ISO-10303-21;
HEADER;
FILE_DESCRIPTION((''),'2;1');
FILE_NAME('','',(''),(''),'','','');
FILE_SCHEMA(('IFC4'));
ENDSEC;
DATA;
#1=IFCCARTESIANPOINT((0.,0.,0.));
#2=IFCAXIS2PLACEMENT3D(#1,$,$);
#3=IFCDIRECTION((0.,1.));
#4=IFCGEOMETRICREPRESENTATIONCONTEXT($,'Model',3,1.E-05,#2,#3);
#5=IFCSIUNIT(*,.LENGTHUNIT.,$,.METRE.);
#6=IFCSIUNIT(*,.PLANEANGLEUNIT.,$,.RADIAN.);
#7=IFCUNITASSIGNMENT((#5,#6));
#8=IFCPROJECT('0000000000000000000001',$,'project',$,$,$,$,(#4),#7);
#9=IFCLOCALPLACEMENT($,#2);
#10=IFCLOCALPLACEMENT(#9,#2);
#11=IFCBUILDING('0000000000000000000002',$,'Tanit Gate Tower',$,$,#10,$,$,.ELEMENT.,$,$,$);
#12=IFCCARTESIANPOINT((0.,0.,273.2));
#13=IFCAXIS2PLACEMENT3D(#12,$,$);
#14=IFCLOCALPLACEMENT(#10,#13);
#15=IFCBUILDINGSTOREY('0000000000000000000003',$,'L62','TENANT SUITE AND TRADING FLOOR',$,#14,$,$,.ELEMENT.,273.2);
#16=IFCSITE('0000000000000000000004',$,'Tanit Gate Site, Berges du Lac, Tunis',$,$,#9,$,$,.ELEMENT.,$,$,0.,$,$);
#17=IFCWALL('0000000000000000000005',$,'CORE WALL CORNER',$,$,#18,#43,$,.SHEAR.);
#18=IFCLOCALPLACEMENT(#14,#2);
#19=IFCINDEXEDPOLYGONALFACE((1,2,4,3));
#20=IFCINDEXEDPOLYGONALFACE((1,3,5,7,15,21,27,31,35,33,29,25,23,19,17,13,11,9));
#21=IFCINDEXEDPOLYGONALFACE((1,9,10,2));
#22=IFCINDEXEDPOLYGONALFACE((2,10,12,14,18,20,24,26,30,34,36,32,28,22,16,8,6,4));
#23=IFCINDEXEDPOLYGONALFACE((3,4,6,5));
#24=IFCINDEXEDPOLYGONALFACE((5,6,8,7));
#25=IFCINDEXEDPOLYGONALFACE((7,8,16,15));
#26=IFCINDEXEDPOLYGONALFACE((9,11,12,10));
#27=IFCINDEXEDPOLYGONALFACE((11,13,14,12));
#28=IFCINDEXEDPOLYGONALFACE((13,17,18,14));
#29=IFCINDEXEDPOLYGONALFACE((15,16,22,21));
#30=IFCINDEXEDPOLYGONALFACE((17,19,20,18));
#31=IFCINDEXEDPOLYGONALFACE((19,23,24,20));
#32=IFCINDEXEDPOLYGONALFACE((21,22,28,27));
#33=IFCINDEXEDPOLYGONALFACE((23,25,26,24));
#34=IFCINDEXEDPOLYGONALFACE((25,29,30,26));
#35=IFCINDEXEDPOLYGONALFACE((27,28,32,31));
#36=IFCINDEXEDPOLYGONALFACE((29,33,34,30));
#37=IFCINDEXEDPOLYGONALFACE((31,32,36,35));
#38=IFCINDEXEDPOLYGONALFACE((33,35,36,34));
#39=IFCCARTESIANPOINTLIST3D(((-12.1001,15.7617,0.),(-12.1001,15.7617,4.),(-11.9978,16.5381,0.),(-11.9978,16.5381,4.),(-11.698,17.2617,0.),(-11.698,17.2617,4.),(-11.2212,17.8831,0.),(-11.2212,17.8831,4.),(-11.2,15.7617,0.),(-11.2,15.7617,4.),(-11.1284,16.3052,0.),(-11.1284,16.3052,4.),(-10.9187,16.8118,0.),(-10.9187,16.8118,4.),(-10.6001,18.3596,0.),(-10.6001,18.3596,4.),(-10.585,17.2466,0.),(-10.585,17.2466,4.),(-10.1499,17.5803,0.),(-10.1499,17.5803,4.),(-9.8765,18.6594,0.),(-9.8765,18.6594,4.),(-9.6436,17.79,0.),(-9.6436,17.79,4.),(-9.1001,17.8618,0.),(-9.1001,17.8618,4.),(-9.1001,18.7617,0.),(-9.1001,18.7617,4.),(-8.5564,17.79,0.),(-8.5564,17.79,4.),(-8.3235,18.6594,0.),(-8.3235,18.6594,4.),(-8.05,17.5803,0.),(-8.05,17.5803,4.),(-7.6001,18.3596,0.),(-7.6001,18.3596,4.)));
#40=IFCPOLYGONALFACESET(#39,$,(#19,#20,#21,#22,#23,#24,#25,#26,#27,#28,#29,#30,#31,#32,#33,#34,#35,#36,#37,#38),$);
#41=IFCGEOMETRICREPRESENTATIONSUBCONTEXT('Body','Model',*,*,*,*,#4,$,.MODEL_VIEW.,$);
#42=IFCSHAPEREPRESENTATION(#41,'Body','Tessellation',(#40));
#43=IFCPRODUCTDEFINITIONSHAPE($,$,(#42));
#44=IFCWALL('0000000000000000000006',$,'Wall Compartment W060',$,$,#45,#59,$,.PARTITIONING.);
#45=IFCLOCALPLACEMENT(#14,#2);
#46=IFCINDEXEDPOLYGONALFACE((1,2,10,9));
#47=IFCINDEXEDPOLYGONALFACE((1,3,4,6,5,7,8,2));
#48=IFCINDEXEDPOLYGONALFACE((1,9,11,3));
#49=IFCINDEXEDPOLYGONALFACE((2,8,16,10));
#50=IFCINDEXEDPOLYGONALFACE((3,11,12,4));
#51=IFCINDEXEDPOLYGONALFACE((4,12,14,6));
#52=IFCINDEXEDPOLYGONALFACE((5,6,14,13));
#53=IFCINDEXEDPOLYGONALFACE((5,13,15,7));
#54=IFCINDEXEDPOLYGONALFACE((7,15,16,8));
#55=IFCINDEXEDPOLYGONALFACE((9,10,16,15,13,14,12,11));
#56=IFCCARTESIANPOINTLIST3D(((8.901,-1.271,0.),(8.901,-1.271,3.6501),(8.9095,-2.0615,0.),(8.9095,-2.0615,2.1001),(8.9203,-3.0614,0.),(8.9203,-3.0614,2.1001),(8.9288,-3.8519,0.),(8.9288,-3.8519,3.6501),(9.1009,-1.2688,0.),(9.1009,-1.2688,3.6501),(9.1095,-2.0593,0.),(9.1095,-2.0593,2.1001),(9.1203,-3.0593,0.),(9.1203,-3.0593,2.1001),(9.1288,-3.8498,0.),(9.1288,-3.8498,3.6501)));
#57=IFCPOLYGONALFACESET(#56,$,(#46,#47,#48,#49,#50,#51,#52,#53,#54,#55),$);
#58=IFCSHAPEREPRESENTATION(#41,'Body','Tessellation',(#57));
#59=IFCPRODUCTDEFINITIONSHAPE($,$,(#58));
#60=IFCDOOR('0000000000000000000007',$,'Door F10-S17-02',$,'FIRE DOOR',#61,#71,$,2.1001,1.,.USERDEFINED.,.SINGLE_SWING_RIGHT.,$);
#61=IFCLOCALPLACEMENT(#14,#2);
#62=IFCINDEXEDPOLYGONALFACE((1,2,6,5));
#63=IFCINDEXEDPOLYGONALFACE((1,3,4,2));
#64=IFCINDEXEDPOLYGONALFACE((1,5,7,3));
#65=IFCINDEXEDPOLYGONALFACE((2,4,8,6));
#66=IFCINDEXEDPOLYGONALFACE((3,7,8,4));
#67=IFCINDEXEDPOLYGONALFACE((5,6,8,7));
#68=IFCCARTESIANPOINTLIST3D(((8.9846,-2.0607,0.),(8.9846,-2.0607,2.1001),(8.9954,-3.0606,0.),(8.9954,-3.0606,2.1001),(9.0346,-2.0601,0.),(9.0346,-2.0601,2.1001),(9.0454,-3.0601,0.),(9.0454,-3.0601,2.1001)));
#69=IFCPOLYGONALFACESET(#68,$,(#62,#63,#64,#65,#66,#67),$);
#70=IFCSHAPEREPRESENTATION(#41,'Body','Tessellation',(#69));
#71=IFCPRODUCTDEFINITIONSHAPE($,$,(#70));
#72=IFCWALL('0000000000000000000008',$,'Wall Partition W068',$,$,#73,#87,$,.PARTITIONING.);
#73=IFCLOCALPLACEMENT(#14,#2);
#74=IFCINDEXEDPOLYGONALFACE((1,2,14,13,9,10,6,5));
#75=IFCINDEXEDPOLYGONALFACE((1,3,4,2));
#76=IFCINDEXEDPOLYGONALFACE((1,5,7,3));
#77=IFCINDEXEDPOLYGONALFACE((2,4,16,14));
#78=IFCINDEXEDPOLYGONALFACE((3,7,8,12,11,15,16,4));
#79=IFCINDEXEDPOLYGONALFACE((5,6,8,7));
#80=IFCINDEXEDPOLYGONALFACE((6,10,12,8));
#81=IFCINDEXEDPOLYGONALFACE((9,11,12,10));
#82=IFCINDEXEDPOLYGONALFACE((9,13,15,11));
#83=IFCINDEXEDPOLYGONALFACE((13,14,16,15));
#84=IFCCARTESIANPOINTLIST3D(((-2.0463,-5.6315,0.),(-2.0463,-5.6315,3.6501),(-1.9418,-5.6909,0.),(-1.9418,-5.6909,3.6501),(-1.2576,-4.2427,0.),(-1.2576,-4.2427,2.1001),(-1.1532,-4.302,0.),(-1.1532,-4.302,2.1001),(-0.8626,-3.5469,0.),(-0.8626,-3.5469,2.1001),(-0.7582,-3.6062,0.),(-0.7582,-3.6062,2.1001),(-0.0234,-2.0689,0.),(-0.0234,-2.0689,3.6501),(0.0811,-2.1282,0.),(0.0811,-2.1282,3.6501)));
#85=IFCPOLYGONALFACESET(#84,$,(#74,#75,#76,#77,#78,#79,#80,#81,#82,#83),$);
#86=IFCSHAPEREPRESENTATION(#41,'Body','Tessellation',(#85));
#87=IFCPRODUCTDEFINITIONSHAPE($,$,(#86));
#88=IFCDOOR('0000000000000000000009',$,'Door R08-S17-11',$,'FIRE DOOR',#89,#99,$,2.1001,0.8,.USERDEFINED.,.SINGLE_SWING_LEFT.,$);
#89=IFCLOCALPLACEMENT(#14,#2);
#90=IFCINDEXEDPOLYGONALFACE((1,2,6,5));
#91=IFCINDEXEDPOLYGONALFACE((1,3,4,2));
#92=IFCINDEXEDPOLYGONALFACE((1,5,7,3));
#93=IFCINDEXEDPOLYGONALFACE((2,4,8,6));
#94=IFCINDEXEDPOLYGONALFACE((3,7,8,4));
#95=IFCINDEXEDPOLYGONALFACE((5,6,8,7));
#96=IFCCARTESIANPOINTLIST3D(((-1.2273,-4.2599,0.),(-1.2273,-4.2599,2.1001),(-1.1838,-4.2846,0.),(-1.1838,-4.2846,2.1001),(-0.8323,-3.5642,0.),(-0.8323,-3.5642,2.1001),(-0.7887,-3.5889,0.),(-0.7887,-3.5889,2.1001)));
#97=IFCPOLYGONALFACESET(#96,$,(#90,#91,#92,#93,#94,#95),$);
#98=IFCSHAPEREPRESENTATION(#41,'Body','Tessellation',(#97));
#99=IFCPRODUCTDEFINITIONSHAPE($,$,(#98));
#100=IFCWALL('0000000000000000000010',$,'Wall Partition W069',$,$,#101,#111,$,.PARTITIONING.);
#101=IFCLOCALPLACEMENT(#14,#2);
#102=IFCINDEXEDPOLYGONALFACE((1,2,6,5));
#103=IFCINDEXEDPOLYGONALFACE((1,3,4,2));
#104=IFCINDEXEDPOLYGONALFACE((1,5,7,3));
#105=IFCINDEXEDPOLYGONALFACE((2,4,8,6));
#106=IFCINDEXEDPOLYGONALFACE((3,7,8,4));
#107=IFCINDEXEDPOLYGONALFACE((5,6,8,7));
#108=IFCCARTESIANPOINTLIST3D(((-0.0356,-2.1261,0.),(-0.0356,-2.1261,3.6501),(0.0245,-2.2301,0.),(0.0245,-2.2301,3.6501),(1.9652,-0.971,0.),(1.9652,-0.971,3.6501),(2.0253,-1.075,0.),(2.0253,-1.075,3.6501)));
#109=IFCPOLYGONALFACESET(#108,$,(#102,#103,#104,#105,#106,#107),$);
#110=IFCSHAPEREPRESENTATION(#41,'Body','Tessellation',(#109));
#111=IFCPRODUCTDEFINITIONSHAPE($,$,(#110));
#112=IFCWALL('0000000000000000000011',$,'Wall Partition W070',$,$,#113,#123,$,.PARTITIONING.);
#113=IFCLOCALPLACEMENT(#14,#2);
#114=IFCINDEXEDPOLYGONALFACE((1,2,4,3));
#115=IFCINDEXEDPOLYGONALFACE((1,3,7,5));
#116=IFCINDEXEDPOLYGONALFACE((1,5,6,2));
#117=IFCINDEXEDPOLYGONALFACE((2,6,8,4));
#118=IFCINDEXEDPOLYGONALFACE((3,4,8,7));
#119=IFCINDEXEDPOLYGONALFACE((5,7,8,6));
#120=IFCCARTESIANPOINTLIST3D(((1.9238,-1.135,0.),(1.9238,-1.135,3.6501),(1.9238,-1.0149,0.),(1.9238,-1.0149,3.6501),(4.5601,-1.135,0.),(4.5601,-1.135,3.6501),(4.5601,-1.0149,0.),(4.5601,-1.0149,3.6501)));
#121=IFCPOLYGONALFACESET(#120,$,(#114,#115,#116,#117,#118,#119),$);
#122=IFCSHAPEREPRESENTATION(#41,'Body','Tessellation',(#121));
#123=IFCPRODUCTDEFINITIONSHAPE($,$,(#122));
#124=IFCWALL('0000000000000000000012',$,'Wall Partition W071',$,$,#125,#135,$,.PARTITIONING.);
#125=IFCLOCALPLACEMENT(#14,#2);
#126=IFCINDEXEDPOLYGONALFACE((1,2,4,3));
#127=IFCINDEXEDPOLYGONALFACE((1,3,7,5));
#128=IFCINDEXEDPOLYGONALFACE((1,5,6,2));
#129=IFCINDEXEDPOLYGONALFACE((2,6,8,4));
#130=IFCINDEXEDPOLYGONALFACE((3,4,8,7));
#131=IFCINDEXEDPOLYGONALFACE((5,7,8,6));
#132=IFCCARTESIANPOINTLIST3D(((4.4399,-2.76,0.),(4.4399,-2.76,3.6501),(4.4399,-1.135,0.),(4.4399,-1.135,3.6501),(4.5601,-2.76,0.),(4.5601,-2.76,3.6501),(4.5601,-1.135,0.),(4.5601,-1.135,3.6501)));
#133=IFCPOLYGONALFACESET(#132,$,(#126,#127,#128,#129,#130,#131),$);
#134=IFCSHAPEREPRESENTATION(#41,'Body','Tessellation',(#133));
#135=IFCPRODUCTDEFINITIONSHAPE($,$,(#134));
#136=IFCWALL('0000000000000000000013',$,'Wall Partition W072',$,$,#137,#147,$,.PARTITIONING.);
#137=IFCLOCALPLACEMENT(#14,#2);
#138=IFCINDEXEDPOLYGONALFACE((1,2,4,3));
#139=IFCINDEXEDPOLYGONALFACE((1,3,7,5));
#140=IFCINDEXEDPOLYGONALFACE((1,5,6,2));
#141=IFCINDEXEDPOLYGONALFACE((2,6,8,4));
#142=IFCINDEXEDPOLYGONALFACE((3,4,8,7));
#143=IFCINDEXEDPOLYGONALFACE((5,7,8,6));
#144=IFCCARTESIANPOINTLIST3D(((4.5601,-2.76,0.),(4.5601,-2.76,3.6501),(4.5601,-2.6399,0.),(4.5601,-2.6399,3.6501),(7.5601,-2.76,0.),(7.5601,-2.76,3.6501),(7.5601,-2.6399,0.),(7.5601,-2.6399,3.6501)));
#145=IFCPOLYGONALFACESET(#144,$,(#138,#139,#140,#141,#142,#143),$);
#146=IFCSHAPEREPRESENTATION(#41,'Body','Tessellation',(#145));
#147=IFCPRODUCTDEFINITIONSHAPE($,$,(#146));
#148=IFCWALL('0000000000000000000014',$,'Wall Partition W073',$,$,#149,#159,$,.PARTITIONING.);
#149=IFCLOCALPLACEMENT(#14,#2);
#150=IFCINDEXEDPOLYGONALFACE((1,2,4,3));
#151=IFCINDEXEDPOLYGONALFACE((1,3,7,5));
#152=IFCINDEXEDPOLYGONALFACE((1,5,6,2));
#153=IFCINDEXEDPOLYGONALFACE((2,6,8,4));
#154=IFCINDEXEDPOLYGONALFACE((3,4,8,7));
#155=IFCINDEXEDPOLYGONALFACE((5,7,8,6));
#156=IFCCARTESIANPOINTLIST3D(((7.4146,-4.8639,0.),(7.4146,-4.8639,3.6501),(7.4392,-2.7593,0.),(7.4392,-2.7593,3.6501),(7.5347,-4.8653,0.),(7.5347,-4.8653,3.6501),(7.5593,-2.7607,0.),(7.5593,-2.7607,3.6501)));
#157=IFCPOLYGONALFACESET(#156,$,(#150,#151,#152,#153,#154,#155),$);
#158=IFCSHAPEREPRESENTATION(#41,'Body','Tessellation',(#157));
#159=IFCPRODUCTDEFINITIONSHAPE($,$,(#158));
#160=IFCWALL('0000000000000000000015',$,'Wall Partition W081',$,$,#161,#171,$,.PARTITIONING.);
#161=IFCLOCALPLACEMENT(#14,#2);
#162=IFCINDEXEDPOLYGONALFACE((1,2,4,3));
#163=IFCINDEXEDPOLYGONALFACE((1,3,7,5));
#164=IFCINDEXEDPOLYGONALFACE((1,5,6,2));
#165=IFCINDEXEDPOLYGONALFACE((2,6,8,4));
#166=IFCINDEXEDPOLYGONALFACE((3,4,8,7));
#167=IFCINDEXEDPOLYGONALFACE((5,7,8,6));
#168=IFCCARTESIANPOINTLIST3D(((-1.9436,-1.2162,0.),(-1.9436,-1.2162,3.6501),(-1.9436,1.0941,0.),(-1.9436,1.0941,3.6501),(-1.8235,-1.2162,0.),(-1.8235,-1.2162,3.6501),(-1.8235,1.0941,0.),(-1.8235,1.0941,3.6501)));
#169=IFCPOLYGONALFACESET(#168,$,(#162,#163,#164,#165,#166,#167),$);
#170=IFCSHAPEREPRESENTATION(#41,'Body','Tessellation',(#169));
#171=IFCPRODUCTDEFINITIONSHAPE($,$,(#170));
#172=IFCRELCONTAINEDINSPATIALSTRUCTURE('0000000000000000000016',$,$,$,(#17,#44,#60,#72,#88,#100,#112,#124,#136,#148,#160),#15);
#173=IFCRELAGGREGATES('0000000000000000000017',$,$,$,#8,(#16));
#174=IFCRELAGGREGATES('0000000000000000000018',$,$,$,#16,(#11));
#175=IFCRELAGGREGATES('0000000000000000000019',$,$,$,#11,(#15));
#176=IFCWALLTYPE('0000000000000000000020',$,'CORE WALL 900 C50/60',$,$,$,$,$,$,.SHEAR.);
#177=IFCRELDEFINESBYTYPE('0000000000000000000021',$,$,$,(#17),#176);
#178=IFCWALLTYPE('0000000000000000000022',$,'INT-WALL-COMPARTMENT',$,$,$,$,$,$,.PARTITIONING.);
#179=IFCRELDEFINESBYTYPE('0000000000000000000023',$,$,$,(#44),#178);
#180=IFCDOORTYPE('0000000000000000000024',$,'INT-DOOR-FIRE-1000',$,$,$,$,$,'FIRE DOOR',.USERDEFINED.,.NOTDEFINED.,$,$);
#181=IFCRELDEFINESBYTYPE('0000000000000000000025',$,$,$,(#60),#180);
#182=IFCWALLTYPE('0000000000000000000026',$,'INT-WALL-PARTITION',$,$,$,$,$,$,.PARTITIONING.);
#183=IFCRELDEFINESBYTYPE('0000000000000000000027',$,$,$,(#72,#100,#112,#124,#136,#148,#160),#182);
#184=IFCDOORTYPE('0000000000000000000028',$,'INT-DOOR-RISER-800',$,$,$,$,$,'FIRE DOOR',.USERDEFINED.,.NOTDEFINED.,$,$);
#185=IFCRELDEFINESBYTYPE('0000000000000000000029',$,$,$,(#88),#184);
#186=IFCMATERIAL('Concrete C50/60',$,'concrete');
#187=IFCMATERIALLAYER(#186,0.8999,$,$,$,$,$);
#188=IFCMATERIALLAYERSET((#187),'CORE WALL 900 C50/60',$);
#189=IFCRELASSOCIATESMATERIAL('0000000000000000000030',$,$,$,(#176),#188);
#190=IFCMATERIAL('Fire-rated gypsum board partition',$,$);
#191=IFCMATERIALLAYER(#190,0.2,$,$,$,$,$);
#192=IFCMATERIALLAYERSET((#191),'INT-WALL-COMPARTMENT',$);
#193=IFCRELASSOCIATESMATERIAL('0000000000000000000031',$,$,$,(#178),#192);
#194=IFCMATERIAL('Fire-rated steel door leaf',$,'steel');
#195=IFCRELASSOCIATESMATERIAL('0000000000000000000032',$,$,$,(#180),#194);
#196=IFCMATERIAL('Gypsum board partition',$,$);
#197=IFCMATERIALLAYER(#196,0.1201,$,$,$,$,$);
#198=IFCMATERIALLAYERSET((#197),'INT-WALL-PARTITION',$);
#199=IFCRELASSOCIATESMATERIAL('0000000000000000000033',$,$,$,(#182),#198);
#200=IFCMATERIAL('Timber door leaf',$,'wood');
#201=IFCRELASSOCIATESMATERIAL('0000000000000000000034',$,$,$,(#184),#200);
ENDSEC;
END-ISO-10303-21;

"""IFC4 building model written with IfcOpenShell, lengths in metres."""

from ifc_helpers import new_model, si_unit, direction, frame, frame_2d, origin, place, context, subcontext, project, spatial, polyline, rectangle, outline, extrude, material, layer, layer_set, type_object, element, fill, save


model = new_model("IFC4")

# Units and contexts
model_context = context("Model", 3, precision=1e-05, world=origin(), true_north=direction((0.0, 1.0)))
body_context = subcontext(model_context, "Body", "Model", "MODEL_VIEW")
ifc_project = project(units=[si_unit("LENGTHUNIT", "METRE"), si_unit("PLANEANGLEUNIT", "RADIAN")], contexts=[model_context])

# Site, building, storey
site_placement = place(None, origin())
site = spatial("IfcSite", under=ifc_project, at=site_placement, Name="Tanit Gate Site, Berges du Lac, Tunis", CompositionType="ELEMENT", RefElevation=0.0)
building_placement = place(site_placement, origin())
building = spatial("IfcBuilding", under=site, at=building_placement, Name="Tanit Gate Tower", CompositionType="ELEMENT")
storey_placement = place(building_placement, frame((0.0, 0.0, 273.2)))
storey = spatial("IfcBuildingStorey", under=building, at=storey_placement, Name="L62", Description="TENANT SUITE AND TRADING FLOOR", CompositionType="ELEMENT", Elevation=273.2)

# Wall
ifc_material_1 = material(Name="Concrete C50/60", Category="concrete")
ifc_layer_1 = layer(ifc_material_1, 0.8999)
ifc_layer_set_1 = layer_set([ifc_layer_1], Name="CORE WALL 900 C50/60")
wall_type_1 = type_object("IfcWallType", Name="CORE WALL 900 C50/60", PredefinedType="SHEAR", material=ifc_layer_set_1)
wall_1_placement = place(storey_placement, origin())
element("IfcWall", 1, at=wall_1_placement, inside=storey, type_object=wall_type_1, Name="CORE WALL CORNER", PredefinedType="SHEAR", context=body_context, shape_type="SweptSolid", body=[
    extrude(outline(polyline([(-7.6001, 18.3596), (-8.3235, 18.6594), (-9.1001, 18.7617), (-9.8765, 18.6594), (-10.6001, 18.3596), (-11.2212, 17.8831), (-11.698, 17.2617), (-11.9978, 16.5381), (-12.1001, 15.7617), (-11.2, 15.7617), (-11.1284, 16.3052), (-10.9187, 16.8118), (-10.585, 17.2466), (-10.1499, 17.5803), (-9.6436, 17.79), (-9.1001, 17.8618), (-8.5564, 17.79), (-8.05, 17.5803), (-7.6001, 18.3596)])), origin(), (0.0, 0.0, 1.0), 4.0),
])

# Walls, openings, doors
ifc_material_2 = material(Name="Fire-rated gypsum board partition")
ifc_layer_2 = layer(ifc_material_2, 0.2)
ifc_layer_set_2 = layer_set([ifc_layer_2], Name="INT-WALL-COMPARTMENT")
wall_type_2 = type_object("IfcWallType", Name="INT-WALL-COMPARTMENT", PredefinedType="PARTITIONING", material=ifc_layer_set_2)
wall_2_placement = place(storey_placement, frame((9.0288, -3.8508, 0.0), z_axis=(0.0, 0.0, 1.0), x_axis=(-0.010784, 0.999942, 0.0)))
wall_2 = element("IfcWall", 2, at=wall_2_placement, inside=storey, type_object=wall_type_2, Name="Wall Compartment W060", PredefinedType="PARTITIONING", context=body_context, shape_type="SweptSolid", body=[
    extrude(rectangle(XDim=2.5811, YDim=0.2, at=frame_2d((1.2905, 0.0))), origin(), (0.0, 0.0, 1.0), 3.6501),
])
opening_1_placement = place(wall_2_placement, frame((0.7905, 0.0, 0.0)))
opening_1 = element("IfcOpeningElement", 3, at=opening_1_placement, cuts=wall_2, PredefinedType="OPENING", context=body_context, shape_type="SweptSolid", body=[
    extrude(rectangle(XDim=1.0, YDim=2.1001, at=frame_2d((0.5, 1.05))), frame((0.0, 0.1099, 0.0), z_axis=(0.0, -1.0, 0.0), x_axis=(1.0, 0.0, 0.0)), (0.0, 0.0, 1.0), 0.22),
])
ifc_material_3 = material(Name="Fire-rated steel door leaf", Category="steel")
door_type_1 = type_object("IfcDoorType", Name="INT-DOOR-FIRE-1000", ElementType="FIRE DOOR", OperationType="NOTDEFINED", PredefinedType="USERDEFINED", material=ifc_material_3)
door_1_placement = place(opening_1_placement, origin())
door_1 = element("IfcDoor", 4, at=door_1_placement, inside=storey, type_object=door_type_1, Name="Door F10-S17-02", ObjectType="FIRE DOOR", OperationType="SINGLE_SWING_RIGHT", OverallHeight=2.1001, OverallWidth=1.0, PredefinedType="USERDEFINED", context=body_context, shape_type="SweptSolid", body=[
    extrude(rectangle(XDim=1.0, YDim=2.1001, at=frame_2d((0.5, 1.05))), frame((0.0, 0.0249, 0.0), z_axis=(0.0, -1.0, 0.0), x_axis=(1.0, 0.0, 0.0)), (0.0, 0.0, 1.0), 0.05),
])
fill(opening_1, door_1)
ifc_material_4 = material(Name="Gypsum board partition")
ifc_layer_3 = layer(ifc_material_4, 0.1201)
ifc_layer_set_3 = layer_set([ifc_layer_3], Name="INT-WALL-PARTITION")
wall_type_3 = type_object("IfcWallType", Name="INT-WALL-PARTITION", PredefinedType="PARTITIONING", material=ifc_layer_set_3)
wall_3_placement = place(storey_placement, frame((0.0288, -2.0986, 0.0), z_axis=(0.0, 0.0, 1.0), x_axis=(-0.493763, -0.869597, 0.0)))
wall_3 = element("IfcWall", 5, at=wall_3_placement, inside=storey, type_object=wall_type_3, Name="Wall Partition W068", PredefinedType="PARTITIONING", context=body_context, shape_type="SweptSolid", body=[
    extrude(rectangle(XDim=4.0969, YDim=0.1201, at=frame_2d((2.0483, 0.0))), origin(), (0.0, 0.0, 1.0), 3.6501),
])
opening_2_placement = place(wall_3_placement, frame((1.6997, 0.0, 0.0)))
opening_2 = element("IfcOpeningElement", 6, at=opening_2_placement, cuts=wall_3, PredefinedType="OPENING", context=body_context, shape_type="SweptSolid", body=[
    extrude(rectangle(XDim=0.8, YDim=2.1001, at=frame_2d((0.3999, 1.05))), frame((0.0, 0.0701, 0.0), z_axis=(0.0, -1.0, 0.0), x_axis=(1.0, 0.0, 0.0)), (0.0, 0.0, 1.0), 0.1401),
])
ifc_material_5 = material(Name="Timber door leaf", Category="wood")
door_type_2 = type_object("IfcDoorType", Name="INT-DOOR-RISER-800", ElementType="FIRE DOOR", OperationType="NOTDEFINED", PredefinedType="USERDEFINED", material=ifc_material_5)
door_2_placement = place(opening_2_placement, origin())
door_2 = element("IfcDoor", 7, at=door_2_placement, inside=storey, type_object=door_type_2, Name="Door R08-S17-11", ObjectType="FIRE DOOR", OperationType="SINGLE_SWING_LEFT", OverallHeight=2.1001, OverallWidth=0.8, PredefinedType="USERDEFINED", context=body_context, shape_type="SweptSolid", body=[
    extrude(rectangle(XDim=0.8, YDim=2.1001, at=frame_2d((0.3999, 1.05))), frame((0.0, 0.0249, 0.0), z_axis=(0.0, -1.0, 0.0), x_axis=(1.0, 0.0, 0.0)), (0.0, 0.0, 1.0), 0.05),
])
fill(opening_2, door_2)

# Walls
wall_4_placement = place(storey_placement, frame((1.9954, -1.0229, 0.0), z_axis=(0.0, 0.0, 1.0), x_axis=(-0.866043, -0.499969, 0.0)))
element("IfcWall", 8, at=wall_4_placement, inside=storey, type_object=wall_type_3, Name="Wall Partition W069", PredefinedType="PARTITIONING", context=body_context, shape_type="SweptSolid", body=[
    extrude(rectangle(XDim=2.3103, YDim=0.1201, at=frame_2d((1.1553, 0.0))), origin(), (0.0, 0.0, 1.0), 3.6501),
])
wall_5_placement = place(storey_placement, frame((4.5601, -1.075, 0.0), z_axis=(0.0, 0.0, 1.0), x_axis=(-1.0, 0.0, 0.0)))
element("IfcWall", 9, at=wall_5_placement, inside=storey, type_object=wall_type_3, Name="Wall Partition W070", PredefinedType="PARTITIONING", context=body_context, shape_type="SweptSolid", body=[
    extrude(rectangle(XDim=2.6362, YDim=0.1201, at=frame_2d((1.3181, 0.0))), origin(), (0.0, 0.0, 1.0), 3.6501),
])
wall_6_placement = place(storey_placement, frame((4.5, -2.76, 0.0), z_axis=(0.0, 0.0, 1.0), x_axis=(0.0, 1.0, 0.0)))
element("IfcWall", 10, at=wall_6_placement, inside=storey, type_object=wall_type_3, Name="Wall Partition W071", PredefinedType="PARTITIONING", context=body_context, shape_type="SweptSolid", body=[
    extrude(rectangle(XDim=1.625, YDim=0.1201, at=frame_2d((0.8125, 0.0))), origin(), (0.0, 0.0, 1.0), 3.6501),
])
wall_7_placement = place(storey_placement, frame((7.5601, -2.7, 0.0), z_axis=(0.0, 0.0, 1.0), x_axis=(-1.0, 0.0, 0.0)))
element("IfcWall", 11, at=wall_7_placement, inside=storey, type_object=wall_type_3, Name="Wall Partition W072", PredefinedType="PARTITIONING", context=body_context, shape_type="SweptSolid", body=[
    extrude(rectangle(XDim=3.0, YDim=0.1201, at=frame_2d((1.5, 0.0))), origin(), (0.0, 0.0, 1.0), 3.6501),
])
wall_8_placement = place(storey_placement, frame((7.4746, -4.8645, 0.0), z_axis=(0.0, 0.0, 1.0), x_axis=(0.011716, 0.999931, 0.0)))
element("IfcWall", 12, at=wall_8_placement, inside=storey, type_object=wall_type_3, Name="Wall Partition W073", PredefinedType="PARTITIONING", context=body_context, shape_type="SweptSolid", body=[
    extrude(rectangle(XDim=2.1047, YDim=0.1201, at=frame_2d((1.0522, 0.0))), origin(), (0.0, 0.0, 1.0), 3.6501),
])
wall_9_placement = place(storey_placement, frame((-1.8835, -1.2163, 0.0), z_axis=(0.0, 0.0, 1.0), x_axis=(0.0, 1.0, 0.0)))
element("IfcWall", 13, at=wall_9_placement, inside=storey, type_object=wall_type_3, Name="Wall Partition W081", PredefinedType="PARTITIONING", context=body_context, shape_type="SweptSolid", body=[
    extrude(rectangle(XDim=2.3103, YDim=0.1201, at=frame_2d((1.1553, 0.0))), origin(), (0.0, 0.0, 1.0), 3.6501),
])

save(model, "model.ifc")
